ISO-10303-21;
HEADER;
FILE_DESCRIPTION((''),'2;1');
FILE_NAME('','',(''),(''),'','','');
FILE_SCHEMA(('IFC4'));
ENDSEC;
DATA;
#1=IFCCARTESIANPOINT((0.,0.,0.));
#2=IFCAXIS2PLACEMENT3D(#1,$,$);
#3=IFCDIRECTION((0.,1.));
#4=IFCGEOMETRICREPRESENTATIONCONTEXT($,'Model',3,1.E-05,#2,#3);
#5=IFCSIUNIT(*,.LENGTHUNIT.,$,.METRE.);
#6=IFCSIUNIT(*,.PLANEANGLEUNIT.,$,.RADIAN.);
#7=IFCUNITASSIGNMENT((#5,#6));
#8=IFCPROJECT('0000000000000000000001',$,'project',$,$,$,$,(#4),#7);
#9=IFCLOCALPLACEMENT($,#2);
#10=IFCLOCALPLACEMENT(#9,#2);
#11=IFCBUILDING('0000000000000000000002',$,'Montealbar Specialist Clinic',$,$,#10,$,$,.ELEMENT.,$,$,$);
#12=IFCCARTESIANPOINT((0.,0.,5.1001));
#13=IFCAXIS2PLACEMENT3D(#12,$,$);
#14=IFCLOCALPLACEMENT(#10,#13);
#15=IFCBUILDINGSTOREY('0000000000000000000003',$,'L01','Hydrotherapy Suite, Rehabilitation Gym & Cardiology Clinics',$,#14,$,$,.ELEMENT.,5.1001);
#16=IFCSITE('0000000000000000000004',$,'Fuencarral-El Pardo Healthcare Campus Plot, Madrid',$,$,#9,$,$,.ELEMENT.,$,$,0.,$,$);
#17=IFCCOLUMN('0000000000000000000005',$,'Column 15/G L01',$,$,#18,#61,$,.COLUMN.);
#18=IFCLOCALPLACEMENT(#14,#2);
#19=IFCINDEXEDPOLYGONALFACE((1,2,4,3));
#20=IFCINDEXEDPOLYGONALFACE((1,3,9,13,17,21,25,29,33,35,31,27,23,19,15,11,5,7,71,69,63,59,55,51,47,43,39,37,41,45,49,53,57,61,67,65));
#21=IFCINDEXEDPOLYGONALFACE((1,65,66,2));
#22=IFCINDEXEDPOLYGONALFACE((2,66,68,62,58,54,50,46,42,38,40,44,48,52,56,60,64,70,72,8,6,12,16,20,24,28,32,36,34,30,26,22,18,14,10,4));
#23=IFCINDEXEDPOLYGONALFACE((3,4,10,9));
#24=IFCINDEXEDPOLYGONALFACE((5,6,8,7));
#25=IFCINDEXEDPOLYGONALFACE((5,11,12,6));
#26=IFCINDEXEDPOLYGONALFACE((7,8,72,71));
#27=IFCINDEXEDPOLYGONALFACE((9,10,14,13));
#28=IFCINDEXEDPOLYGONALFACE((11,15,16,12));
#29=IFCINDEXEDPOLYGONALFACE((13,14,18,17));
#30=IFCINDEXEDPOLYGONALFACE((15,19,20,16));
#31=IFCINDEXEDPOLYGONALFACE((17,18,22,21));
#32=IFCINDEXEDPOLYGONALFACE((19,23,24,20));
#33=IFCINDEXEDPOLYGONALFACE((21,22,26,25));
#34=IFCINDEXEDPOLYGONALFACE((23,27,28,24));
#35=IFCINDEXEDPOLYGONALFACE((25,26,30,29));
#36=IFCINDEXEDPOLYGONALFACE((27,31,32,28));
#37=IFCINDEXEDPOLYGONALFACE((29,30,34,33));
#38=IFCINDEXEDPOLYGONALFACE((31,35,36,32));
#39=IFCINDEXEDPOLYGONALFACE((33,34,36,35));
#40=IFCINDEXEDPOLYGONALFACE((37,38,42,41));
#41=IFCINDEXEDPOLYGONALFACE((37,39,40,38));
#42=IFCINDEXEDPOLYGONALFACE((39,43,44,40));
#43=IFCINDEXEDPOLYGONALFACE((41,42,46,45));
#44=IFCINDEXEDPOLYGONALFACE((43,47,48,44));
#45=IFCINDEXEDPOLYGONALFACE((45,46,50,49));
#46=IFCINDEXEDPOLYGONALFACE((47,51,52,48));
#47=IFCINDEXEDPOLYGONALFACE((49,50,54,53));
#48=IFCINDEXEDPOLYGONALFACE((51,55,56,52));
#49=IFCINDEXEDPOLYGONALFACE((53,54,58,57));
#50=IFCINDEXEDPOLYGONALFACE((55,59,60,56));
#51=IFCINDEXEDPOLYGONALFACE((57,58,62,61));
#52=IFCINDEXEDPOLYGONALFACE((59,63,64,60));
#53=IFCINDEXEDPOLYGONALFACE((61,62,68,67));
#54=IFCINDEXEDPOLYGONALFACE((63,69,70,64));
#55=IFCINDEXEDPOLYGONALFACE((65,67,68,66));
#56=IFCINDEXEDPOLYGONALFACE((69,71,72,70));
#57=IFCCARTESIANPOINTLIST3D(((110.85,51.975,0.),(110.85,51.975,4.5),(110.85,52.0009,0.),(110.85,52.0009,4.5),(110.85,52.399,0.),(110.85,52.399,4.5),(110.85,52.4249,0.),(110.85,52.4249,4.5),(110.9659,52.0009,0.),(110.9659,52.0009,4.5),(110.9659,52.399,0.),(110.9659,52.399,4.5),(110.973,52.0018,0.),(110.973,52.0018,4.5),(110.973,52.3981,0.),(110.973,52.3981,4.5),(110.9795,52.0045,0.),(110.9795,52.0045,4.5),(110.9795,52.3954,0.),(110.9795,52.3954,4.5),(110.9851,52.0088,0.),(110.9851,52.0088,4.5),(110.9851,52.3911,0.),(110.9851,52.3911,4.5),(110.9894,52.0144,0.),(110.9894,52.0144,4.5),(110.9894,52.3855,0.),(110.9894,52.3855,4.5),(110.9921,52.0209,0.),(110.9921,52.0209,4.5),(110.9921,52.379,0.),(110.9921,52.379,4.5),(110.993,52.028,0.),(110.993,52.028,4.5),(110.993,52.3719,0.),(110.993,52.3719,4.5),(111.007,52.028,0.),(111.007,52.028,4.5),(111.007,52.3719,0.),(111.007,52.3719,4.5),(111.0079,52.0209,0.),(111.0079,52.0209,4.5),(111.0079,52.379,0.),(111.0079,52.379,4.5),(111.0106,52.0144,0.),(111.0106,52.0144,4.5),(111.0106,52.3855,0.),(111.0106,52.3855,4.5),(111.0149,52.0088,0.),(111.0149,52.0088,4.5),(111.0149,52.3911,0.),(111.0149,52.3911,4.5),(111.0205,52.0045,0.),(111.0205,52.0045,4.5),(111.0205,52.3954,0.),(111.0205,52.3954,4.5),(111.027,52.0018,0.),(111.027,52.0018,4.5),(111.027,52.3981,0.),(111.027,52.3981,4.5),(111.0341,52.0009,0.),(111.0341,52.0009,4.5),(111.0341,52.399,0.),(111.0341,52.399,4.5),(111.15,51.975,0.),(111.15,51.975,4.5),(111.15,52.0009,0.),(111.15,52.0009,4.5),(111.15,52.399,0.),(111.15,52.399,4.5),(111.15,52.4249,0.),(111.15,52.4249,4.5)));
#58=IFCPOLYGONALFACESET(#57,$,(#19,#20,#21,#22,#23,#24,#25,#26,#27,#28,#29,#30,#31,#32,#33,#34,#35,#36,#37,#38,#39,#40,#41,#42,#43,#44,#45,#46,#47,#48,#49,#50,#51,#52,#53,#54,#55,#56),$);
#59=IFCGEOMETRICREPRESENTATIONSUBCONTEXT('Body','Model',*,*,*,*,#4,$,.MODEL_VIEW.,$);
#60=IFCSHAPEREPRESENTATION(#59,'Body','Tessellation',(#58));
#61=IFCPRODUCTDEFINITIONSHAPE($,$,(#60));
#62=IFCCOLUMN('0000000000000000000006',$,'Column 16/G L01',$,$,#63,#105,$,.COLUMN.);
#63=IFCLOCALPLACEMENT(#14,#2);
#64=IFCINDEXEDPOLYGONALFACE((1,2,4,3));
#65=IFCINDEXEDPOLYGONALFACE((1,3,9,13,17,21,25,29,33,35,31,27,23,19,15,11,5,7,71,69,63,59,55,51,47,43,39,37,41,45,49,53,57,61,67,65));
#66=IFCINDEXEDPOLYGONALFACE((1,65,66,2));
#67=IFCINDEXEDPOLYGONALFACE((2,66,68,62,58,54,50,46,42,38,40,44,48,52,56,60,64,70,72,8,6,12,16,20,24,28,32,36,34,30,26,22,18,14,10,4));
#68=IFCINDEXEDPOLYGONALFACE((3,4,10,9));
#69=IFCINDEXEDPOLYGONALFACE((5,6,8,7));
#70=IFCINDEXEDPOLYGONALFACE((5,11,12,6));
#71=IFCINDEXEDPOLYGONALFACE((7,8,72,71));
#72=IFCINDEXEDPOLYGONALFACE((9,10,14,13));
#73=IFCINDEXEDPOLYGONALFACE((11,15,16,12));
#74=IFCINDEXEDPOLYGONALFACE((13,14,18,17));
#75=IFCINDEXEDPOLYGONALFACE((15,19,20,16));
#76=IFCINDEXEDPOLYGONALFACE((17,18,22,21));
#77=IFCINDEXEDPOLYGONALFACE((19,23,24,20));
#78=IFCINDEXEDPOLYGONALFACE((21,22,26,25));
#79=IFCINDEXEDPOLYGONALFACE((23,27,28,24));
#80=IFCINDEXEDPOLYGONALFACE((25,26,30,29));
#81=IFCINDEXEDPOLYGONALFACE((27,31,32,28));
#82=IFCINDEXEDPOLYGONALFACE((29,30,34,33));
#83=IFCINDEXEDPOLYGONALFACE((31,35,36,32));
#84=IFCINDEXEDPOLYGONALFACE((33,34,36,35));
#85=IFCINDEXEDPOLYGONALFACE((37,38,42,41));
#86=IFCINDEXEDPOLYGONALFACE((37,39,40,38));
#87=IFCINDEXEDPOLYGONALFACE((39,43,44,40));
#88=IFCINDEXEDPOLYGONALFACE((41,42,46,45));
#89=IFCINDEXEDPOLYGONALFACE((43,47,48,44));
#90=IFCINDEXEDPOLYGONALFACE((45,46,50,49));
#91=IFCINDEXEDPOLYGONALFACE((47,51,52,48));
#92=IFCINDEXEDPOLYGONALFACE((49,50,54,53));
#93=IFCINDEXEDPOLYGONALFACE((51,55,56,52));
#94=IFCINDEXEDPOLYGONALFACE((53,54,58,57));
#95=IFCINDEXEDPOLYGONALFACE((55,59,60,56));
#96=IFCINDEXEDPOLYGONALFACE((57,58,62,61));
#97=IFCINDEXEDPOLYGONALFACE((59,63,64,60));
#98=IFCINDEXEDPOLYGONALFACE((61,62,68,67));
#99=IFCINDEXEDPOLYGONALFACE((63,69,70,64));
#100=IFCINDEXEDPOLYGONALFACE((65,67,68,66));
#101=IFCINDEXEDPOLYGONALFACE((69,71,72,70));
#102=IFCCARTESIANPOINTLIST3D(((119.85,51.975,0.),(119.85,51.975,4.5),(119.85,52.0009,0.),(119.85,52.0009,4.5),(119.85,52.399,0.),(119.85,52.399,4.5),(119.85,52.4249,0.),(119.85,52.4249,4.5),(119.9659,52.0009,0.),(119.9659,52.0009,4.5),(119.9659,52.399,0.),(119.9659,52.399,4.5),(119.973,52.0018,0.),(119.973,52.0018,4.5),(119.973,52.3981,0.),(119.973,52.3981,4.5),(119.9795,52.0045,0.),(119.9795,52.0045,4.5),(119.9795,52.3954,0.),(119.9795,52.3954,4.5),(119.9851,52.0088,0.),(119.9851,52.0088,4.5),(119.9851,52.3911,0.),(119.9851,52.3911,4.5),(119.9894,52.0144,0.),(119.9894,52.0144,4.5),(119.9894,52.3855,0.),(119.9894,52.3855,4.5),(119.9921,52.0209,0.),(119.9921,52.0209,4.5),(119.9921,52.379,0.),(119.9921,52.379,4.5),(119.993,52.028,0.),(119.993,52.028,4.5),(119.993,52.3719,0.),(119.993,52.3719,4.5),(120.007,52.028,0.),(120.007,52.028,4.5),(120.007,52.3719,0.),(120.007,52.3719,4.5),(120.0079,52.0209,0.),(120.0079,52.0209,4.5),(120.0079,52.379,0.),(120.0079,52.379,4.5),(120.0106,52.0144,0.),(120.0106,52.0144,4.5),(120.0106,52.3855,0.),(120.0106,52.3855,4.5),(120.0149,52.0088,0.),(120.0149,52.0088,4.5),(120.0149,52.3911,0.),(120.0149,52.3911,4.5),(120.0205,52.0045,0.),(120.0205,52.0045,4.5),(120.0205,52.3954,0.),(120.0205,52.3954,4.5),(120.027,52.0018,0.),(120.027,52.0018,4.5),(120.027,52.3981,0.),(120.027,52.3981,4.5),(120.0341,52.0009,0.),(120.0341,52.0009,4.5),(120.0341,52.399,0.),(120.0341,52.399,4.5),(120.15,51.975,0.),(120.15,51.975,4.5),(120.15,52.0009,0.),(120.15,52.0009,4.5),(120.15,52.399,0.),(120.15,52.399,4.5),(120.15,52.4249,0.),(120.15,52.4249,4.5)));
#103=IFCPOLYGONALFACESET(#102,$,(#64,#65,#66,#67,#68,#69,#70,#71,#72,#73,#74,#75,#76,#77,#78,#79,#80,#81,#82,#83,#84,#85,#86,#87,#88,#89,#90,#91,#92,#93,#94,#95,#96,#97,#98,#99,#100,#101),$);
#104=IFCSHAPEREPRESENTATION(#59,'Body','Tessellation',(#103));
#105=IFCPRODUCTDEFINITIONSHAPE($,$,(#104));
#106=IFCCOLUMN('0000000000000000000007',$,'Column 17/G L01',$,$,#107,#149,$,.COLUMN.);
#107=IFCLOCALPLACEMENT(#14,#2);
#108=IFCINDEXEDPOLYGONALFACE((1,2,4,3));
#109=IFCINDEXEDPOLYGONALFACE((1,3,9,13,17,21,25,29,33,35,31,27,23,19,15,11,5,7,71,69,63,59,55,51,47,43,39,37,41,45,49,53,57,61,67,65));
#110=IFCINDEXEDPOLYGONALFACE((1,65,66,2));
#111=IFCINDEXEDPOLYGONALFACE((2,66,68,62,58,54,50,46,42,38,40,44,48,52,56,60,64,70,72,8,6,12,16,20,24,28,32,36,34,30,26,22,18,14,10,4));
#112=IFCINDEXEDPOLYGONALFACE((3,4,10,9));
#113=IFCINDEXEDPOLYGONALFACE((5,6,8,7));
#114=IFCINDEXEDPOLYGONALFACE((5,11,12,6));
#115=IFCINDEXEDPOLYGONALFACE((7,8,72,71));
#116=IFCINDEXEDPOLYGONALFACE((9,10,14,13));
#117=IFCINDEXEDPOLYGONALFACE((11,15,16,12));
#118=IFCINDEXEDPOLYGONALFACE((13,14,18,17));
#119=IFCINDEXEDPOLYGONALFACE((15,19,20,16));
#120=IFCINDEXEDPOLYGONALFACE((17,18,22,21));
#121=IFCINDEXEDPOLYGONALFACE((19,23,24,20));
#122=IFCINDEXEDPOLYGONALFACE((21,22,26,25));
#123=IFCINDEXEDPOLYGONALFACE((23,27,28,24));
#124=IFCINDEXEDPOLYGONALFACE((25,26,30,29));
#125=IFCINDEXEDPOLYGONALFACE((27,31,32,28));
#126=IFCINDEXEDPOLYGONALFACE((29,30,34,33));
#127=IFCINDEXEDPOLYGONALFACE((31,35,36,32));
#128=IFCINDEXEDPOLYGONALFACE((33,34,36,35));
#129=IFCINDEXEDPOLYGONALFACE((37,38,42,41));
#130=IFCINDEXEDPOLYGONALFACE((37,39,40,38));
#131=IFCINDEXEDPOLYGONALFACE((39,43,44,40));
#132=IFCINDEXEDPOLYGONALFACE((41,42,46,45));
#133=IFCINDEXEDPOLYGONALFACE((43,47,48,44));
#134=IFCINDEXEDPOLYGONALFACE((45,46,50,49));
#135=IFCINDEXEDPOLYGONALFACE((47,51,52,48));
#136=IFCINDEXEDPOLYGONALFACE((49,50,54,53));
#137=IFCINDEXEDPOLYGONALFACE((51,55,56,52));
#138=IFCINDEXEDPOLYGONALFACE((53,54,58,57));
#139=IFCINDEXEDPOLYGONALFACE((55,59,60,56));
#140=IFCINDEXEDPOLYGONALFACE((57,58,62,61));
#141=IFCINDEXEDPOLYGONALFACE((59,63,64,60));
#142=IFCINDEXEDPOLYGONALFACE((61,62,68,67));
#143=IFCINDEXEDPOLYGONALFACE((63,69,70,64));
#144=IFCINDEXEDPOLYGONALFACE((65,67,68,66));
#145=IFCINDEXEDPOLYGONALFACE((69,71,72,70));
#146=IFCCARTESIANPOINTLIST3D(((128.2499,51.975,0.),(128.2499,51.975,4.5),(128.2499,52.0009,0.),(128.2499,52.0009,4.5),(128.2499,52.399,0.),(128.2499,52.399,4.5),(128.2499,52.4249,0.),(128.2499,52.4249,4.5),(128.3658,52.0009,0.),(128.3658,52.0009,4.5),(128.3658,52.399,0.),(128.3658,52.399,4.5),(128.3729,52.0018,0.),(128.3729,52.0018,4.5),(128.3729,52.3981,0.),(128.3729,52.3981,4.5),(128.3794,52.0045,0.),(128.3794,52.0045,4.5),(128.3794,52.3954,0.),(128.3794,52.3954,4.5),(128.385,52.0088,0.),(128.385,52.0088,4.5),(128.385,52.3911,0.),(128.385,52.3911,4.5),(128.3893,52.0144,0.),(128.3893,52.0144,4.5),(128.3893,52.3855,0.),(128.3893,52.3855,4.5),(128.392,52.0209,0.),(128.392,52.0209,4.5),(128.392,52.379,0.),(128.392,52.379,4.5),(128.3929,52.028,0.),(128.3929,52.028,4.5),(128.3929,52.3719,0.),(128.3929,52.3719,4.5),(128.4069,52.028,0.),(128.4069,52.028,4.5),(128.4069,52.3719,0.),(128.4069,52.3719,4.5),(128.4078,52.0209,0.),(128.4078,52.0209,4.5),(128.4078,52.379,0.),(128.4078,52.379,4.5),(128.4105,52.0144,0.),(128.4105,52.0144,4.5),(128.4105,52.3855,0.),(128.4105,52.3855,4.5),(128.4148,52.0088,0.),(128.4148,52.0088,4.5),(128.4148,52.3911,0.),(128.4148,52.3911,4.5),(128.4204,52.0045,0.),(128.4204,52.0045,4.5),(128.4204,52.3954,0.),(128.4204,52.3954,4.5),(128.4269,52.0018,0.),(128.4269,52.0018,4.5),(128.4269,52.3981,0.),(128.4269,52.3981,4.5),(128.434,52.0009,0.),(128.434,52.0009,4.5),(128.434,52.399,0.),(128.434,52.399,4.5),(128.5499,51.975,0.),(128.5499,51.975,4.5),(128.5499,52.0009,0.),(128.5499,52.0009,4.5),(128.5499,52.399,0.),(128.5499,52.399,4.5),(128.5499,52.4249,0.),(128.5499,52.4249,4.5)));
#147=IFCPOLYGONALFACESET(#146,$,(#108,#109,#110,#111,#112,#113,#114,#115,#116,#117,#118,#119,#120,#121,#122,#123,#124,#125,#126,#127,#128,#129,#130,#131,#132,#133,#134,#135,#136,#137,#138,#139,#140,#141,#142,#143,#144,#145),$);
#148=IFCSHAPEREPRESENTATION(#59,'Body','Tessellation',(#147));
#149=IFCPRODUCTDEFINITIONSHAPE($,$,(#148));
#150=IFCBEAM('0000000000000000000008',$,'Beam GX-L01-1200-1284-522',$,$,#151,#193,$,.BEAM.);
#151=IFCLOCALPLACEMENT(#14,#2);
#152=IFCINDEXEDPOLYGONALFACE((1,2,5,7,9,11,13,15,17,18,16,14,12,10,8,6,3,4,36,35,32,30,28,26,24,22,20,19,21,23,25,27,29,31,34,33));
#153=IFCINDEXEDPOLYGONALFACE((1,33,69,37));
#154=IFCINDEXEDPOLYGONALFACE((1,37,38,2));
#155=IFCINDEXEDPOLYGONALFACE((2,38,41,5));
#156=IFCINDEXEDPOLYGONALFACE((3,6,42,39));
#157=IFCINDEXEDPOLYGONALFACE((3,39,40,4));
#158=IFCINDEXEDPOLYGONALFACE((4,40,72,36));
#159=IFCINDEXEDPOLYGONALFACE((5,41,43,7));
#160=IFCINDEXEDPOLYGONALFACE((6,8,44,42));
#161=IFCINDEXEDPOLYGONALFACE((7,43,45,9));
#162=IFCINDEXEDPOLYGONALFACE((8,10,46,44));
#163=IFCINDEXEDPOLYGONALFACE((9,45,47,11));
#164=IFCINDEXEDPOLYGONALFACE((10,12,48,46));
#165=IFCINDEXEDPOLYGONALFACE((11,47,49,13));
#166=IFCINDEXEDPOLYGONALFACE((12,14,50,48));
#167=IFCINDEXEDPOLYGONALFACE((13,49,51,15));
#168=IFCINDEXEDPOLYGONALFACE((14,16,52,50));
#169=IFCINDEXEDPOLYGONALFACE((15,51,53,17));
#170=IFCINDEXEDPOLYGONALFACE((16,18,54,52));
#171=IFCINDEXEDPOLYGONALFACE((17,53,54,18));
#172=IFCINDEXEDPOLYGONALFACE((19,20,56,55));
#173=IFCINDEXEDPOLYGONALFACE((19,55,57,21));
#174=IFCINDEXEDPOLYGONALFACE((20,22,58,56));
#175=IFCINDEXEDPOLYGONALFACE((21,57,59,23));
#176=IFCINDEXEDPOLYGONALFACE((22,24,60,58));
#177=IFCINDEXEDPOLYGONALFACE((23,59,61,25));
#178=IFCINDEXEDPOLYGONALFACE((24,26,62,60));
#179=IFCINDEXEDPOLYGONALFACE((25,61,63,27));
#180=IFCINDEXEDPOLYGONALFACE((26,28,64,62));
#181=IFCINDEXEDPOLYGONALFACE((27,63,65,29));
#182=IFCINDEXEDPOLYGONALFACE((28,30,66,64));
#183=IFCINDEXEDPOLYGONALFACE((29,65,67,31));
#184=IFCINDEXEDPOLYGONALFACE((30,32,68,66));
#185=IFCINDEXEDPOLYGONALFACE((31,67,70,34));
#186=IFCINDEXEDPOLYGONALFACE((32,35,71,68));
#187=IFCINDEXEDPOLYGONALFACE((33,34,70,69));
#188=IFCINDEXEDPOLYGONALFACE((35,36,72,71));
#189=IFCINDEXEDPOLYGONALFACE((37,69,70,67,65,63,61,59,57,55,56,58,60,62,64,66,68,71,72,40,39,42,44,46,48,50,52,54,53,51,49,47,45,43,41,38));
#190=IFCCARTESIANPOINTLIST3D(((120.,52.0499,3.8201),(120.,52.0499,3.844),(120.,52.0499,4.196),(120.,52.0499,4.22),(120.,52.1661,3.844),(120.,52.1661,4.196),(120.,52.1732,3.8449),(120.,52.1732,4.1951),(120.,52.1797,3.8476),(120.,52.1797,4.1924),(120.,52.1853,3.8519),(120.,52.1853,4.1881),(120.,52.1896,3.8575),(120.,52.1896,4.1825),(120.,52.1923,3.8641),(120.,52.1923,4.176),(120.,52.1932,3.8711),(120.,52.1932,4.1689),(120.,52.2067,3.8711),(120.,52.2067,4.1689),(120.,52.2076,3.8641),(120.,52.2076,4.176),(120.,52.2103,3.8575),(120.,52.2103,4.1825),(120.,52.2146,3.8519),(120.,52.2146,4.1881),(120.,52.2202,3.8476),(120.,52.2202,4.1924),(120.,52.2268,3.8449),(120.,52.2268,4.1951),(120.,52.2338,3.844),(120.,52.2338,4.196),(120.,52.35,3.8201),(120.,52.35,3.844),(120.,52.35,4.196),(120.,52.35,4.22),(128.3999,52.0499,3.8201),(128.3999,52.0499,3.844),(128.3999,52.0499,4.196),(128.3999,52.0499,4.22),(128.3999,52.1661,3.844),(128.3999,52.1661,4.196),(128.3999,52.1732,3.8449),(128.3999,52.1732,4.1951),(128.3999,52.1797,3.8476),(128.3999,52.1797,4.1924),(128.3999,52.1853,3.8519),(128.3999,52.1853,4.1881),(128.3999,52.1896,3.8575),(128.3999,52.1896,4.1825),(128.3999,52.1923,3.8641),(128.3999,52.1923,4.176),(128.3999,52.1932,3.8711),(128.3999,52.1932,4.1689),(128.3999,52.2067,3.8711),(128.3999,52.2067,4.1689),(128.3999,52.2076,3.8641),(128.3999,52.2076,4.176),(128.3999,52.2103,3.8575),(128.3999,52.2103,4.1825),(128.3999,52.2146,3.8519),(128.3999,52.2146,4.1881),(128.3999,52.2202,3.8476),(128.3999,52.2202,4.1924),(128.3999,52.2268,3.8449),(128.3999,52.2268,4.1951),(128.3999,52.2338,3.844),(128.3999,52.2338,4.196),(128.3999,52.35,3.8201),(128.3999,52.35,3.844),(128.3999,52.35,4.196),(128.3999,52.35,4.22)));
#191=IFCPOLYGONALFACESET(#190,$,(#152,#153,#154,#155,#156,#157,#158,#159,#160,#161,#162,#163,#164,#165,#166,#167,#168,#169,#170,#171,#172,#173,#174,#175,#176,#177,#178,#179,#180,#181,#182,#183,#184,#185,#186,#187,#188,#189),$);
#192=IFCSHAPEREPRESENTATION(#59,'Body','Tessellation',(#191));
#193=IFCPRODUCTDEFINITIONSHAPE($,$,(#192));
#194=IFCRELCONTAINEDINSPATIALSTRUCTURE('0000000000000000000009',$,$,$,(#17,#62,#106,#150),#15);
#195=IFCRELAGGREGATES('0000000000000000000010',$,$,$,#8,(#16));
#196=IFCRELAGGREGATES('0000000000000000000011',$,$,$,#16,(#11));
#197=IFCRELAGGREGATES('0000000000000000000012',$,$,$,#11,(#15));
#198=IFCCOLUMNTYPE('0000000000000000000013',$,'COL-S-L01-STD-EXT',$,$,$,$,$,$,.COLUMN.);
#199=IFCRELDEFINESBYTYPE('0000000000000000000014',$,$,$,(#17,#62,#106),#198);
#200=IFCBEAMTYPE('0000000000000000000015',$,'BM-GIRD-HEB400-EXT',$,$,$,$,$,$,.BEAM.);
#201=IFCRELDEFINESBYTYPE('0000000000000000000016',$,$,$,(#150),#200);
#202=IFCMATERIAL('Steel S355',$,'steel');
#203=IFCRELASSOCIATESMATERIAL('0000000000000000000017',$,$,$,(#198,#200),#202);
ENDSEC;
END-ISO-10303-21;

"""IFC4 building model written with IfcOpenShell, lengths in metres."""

from ifc_helpers import new_model, si_unit, direction, frame, origin, origin_2d, place, context, subcontext, project, spatial, i_section, extrude, material, material_profile, profile_set, type_object, element, save


model = new_model("IFC4")

# Units and contexts
model_context = context("Model", 3, precision=1e-05, world=origin(), true_north=direction((0.0, 1.0)))
body_context = subcontext(model_context, "Body", "Model", "MODEL_VIEW")
ifc_project = project(units=[si_unit("LENGTHUNIT", "METRE"), si_unit("PLANEANGLEUNIT", "RADIAN")], contexts=[model_context])

# Site, building, storey
site_placement = place(None, origin())
site = spatial("IfcSite", under=ifc_project, at=site_placement, Name="Fuencarral-El Pardo Healthcare Campus Plot, Madrid", CompositionType="ELEMENT", RefElevation=0.0)
building_placement = place(site_placement, origin())
building = spatial("IfcBuilding", under=site, at=building_placement, Name="Montealbar Specialist Clinic", CompositionType="ELEMENT")
storey_placement = place(building_placement, frame((0.0, 0.0, 5.1001)))
storey = spatial("IfcBuildingStorey", under=building, at=storey_placement, Name="L01", Description="Hydrotherapy Suite, Rehabilitation Gym & Cardiology Clinics", CompositionType="ELEMENT", Elevation=5.1001)

# Columns
ifc_material_1 = material(Name="Steel S355", Category="steel")
ifc_material_profile_1 = material_profile(ifc_material_1, i_section(OverallWidth=0.3, OverallDepth=0.45, WebThickness=0.0139, FlangeThickness=0.0259, FilletRadius=0.0271, at=origin_2d()), Name="HEB 450", Category="steel")
ifc_profile_set_1 = profile_set([ifc_material_profile_1], Name="Steel S355")
column_type = type_object("IfcColumnType", Name="COL-S-L01-STD-EXT", PredefinedType="COLUMN", material=ifc_profile_set_1)
for number, where, z_axis, x_axis, name in (
    (1, (111.0, 52.2, 0.0), (0.0, 0.0, 1.0), (1.0, 0.0, 0.0), "Column 15/G L01"),
    (2, (120.0, 52.2, 0.0), (0.0, 0.0, 1.0), (1.0, 0.0, 0.0), "Column 16/G L01"),
    (3, (128.3999, 52.2, 0.0), (0.0, 0.0, 1.0), (1.0, 0.0, 0.0), "Column 17/G L01"),
):
    element("IfcColumn", number, at=place(storey_placement, frame(where, z_axis=z_axis, x_axis=x_axis)), inside=storey, type_object=column_type, Name=name, PredefinedType="COLUMN", context=body_context, shape_type="SweptSolid", body=[
        extrude(i_section(OverallWidth=0.3, OverallDepth=0.45, WebThickness=0.0139, FlangeThickness=0.0259, FilletRadius=0.0271, at=origin_2d()), origin(), (0.0, 0.0, 1.0), 4.5),
    ])

# Beam
ifc_material_profile_2 = material_profile(ifc_material_1, i_section(OverallWidth=0.3, OverallDepth=0.3999, WebThickness=0.0134, FlangeThickness=0.0239, FilletRadius=0.0271, at=origin_2d()), Name="HEB 400", Category="steel")
ifc_profile_set_2 = profile_set([ifc_material_profile_2], Name="Steel S355")
beam_type_1 = type_object("IfcBeamType", Name="BM-GIRD-HEB400-EXT", PredefinedType="BEAM", material=ifc_profile_set_2)
beam_1_placement = place(storey_placement, frame((120.0, 52.2, 4.02), z_axis=(1.0, 0.0, 0.0), x_axis=(0.0, 1.0, 0.0)))
element("IfcBeam", 4, at=beam_1_placement, inside=storey, type_object=beam_type_1, Name="Beam GX-L01-1200-1284-522", PredefinedType="BEAM", context=body_context, shape_type="SweptSolid", body=[
    extrude(i_section(OverallWidth=0.3, OverallDepth=0.3999, WebThickness=0.0134, FlangeThickness=0.0239, FilletRadius=0.0271, at=origin_2d()), origin(), (0.0, 0.0, 1.0), 8.3999),
])

save(model, "model.ifc")
